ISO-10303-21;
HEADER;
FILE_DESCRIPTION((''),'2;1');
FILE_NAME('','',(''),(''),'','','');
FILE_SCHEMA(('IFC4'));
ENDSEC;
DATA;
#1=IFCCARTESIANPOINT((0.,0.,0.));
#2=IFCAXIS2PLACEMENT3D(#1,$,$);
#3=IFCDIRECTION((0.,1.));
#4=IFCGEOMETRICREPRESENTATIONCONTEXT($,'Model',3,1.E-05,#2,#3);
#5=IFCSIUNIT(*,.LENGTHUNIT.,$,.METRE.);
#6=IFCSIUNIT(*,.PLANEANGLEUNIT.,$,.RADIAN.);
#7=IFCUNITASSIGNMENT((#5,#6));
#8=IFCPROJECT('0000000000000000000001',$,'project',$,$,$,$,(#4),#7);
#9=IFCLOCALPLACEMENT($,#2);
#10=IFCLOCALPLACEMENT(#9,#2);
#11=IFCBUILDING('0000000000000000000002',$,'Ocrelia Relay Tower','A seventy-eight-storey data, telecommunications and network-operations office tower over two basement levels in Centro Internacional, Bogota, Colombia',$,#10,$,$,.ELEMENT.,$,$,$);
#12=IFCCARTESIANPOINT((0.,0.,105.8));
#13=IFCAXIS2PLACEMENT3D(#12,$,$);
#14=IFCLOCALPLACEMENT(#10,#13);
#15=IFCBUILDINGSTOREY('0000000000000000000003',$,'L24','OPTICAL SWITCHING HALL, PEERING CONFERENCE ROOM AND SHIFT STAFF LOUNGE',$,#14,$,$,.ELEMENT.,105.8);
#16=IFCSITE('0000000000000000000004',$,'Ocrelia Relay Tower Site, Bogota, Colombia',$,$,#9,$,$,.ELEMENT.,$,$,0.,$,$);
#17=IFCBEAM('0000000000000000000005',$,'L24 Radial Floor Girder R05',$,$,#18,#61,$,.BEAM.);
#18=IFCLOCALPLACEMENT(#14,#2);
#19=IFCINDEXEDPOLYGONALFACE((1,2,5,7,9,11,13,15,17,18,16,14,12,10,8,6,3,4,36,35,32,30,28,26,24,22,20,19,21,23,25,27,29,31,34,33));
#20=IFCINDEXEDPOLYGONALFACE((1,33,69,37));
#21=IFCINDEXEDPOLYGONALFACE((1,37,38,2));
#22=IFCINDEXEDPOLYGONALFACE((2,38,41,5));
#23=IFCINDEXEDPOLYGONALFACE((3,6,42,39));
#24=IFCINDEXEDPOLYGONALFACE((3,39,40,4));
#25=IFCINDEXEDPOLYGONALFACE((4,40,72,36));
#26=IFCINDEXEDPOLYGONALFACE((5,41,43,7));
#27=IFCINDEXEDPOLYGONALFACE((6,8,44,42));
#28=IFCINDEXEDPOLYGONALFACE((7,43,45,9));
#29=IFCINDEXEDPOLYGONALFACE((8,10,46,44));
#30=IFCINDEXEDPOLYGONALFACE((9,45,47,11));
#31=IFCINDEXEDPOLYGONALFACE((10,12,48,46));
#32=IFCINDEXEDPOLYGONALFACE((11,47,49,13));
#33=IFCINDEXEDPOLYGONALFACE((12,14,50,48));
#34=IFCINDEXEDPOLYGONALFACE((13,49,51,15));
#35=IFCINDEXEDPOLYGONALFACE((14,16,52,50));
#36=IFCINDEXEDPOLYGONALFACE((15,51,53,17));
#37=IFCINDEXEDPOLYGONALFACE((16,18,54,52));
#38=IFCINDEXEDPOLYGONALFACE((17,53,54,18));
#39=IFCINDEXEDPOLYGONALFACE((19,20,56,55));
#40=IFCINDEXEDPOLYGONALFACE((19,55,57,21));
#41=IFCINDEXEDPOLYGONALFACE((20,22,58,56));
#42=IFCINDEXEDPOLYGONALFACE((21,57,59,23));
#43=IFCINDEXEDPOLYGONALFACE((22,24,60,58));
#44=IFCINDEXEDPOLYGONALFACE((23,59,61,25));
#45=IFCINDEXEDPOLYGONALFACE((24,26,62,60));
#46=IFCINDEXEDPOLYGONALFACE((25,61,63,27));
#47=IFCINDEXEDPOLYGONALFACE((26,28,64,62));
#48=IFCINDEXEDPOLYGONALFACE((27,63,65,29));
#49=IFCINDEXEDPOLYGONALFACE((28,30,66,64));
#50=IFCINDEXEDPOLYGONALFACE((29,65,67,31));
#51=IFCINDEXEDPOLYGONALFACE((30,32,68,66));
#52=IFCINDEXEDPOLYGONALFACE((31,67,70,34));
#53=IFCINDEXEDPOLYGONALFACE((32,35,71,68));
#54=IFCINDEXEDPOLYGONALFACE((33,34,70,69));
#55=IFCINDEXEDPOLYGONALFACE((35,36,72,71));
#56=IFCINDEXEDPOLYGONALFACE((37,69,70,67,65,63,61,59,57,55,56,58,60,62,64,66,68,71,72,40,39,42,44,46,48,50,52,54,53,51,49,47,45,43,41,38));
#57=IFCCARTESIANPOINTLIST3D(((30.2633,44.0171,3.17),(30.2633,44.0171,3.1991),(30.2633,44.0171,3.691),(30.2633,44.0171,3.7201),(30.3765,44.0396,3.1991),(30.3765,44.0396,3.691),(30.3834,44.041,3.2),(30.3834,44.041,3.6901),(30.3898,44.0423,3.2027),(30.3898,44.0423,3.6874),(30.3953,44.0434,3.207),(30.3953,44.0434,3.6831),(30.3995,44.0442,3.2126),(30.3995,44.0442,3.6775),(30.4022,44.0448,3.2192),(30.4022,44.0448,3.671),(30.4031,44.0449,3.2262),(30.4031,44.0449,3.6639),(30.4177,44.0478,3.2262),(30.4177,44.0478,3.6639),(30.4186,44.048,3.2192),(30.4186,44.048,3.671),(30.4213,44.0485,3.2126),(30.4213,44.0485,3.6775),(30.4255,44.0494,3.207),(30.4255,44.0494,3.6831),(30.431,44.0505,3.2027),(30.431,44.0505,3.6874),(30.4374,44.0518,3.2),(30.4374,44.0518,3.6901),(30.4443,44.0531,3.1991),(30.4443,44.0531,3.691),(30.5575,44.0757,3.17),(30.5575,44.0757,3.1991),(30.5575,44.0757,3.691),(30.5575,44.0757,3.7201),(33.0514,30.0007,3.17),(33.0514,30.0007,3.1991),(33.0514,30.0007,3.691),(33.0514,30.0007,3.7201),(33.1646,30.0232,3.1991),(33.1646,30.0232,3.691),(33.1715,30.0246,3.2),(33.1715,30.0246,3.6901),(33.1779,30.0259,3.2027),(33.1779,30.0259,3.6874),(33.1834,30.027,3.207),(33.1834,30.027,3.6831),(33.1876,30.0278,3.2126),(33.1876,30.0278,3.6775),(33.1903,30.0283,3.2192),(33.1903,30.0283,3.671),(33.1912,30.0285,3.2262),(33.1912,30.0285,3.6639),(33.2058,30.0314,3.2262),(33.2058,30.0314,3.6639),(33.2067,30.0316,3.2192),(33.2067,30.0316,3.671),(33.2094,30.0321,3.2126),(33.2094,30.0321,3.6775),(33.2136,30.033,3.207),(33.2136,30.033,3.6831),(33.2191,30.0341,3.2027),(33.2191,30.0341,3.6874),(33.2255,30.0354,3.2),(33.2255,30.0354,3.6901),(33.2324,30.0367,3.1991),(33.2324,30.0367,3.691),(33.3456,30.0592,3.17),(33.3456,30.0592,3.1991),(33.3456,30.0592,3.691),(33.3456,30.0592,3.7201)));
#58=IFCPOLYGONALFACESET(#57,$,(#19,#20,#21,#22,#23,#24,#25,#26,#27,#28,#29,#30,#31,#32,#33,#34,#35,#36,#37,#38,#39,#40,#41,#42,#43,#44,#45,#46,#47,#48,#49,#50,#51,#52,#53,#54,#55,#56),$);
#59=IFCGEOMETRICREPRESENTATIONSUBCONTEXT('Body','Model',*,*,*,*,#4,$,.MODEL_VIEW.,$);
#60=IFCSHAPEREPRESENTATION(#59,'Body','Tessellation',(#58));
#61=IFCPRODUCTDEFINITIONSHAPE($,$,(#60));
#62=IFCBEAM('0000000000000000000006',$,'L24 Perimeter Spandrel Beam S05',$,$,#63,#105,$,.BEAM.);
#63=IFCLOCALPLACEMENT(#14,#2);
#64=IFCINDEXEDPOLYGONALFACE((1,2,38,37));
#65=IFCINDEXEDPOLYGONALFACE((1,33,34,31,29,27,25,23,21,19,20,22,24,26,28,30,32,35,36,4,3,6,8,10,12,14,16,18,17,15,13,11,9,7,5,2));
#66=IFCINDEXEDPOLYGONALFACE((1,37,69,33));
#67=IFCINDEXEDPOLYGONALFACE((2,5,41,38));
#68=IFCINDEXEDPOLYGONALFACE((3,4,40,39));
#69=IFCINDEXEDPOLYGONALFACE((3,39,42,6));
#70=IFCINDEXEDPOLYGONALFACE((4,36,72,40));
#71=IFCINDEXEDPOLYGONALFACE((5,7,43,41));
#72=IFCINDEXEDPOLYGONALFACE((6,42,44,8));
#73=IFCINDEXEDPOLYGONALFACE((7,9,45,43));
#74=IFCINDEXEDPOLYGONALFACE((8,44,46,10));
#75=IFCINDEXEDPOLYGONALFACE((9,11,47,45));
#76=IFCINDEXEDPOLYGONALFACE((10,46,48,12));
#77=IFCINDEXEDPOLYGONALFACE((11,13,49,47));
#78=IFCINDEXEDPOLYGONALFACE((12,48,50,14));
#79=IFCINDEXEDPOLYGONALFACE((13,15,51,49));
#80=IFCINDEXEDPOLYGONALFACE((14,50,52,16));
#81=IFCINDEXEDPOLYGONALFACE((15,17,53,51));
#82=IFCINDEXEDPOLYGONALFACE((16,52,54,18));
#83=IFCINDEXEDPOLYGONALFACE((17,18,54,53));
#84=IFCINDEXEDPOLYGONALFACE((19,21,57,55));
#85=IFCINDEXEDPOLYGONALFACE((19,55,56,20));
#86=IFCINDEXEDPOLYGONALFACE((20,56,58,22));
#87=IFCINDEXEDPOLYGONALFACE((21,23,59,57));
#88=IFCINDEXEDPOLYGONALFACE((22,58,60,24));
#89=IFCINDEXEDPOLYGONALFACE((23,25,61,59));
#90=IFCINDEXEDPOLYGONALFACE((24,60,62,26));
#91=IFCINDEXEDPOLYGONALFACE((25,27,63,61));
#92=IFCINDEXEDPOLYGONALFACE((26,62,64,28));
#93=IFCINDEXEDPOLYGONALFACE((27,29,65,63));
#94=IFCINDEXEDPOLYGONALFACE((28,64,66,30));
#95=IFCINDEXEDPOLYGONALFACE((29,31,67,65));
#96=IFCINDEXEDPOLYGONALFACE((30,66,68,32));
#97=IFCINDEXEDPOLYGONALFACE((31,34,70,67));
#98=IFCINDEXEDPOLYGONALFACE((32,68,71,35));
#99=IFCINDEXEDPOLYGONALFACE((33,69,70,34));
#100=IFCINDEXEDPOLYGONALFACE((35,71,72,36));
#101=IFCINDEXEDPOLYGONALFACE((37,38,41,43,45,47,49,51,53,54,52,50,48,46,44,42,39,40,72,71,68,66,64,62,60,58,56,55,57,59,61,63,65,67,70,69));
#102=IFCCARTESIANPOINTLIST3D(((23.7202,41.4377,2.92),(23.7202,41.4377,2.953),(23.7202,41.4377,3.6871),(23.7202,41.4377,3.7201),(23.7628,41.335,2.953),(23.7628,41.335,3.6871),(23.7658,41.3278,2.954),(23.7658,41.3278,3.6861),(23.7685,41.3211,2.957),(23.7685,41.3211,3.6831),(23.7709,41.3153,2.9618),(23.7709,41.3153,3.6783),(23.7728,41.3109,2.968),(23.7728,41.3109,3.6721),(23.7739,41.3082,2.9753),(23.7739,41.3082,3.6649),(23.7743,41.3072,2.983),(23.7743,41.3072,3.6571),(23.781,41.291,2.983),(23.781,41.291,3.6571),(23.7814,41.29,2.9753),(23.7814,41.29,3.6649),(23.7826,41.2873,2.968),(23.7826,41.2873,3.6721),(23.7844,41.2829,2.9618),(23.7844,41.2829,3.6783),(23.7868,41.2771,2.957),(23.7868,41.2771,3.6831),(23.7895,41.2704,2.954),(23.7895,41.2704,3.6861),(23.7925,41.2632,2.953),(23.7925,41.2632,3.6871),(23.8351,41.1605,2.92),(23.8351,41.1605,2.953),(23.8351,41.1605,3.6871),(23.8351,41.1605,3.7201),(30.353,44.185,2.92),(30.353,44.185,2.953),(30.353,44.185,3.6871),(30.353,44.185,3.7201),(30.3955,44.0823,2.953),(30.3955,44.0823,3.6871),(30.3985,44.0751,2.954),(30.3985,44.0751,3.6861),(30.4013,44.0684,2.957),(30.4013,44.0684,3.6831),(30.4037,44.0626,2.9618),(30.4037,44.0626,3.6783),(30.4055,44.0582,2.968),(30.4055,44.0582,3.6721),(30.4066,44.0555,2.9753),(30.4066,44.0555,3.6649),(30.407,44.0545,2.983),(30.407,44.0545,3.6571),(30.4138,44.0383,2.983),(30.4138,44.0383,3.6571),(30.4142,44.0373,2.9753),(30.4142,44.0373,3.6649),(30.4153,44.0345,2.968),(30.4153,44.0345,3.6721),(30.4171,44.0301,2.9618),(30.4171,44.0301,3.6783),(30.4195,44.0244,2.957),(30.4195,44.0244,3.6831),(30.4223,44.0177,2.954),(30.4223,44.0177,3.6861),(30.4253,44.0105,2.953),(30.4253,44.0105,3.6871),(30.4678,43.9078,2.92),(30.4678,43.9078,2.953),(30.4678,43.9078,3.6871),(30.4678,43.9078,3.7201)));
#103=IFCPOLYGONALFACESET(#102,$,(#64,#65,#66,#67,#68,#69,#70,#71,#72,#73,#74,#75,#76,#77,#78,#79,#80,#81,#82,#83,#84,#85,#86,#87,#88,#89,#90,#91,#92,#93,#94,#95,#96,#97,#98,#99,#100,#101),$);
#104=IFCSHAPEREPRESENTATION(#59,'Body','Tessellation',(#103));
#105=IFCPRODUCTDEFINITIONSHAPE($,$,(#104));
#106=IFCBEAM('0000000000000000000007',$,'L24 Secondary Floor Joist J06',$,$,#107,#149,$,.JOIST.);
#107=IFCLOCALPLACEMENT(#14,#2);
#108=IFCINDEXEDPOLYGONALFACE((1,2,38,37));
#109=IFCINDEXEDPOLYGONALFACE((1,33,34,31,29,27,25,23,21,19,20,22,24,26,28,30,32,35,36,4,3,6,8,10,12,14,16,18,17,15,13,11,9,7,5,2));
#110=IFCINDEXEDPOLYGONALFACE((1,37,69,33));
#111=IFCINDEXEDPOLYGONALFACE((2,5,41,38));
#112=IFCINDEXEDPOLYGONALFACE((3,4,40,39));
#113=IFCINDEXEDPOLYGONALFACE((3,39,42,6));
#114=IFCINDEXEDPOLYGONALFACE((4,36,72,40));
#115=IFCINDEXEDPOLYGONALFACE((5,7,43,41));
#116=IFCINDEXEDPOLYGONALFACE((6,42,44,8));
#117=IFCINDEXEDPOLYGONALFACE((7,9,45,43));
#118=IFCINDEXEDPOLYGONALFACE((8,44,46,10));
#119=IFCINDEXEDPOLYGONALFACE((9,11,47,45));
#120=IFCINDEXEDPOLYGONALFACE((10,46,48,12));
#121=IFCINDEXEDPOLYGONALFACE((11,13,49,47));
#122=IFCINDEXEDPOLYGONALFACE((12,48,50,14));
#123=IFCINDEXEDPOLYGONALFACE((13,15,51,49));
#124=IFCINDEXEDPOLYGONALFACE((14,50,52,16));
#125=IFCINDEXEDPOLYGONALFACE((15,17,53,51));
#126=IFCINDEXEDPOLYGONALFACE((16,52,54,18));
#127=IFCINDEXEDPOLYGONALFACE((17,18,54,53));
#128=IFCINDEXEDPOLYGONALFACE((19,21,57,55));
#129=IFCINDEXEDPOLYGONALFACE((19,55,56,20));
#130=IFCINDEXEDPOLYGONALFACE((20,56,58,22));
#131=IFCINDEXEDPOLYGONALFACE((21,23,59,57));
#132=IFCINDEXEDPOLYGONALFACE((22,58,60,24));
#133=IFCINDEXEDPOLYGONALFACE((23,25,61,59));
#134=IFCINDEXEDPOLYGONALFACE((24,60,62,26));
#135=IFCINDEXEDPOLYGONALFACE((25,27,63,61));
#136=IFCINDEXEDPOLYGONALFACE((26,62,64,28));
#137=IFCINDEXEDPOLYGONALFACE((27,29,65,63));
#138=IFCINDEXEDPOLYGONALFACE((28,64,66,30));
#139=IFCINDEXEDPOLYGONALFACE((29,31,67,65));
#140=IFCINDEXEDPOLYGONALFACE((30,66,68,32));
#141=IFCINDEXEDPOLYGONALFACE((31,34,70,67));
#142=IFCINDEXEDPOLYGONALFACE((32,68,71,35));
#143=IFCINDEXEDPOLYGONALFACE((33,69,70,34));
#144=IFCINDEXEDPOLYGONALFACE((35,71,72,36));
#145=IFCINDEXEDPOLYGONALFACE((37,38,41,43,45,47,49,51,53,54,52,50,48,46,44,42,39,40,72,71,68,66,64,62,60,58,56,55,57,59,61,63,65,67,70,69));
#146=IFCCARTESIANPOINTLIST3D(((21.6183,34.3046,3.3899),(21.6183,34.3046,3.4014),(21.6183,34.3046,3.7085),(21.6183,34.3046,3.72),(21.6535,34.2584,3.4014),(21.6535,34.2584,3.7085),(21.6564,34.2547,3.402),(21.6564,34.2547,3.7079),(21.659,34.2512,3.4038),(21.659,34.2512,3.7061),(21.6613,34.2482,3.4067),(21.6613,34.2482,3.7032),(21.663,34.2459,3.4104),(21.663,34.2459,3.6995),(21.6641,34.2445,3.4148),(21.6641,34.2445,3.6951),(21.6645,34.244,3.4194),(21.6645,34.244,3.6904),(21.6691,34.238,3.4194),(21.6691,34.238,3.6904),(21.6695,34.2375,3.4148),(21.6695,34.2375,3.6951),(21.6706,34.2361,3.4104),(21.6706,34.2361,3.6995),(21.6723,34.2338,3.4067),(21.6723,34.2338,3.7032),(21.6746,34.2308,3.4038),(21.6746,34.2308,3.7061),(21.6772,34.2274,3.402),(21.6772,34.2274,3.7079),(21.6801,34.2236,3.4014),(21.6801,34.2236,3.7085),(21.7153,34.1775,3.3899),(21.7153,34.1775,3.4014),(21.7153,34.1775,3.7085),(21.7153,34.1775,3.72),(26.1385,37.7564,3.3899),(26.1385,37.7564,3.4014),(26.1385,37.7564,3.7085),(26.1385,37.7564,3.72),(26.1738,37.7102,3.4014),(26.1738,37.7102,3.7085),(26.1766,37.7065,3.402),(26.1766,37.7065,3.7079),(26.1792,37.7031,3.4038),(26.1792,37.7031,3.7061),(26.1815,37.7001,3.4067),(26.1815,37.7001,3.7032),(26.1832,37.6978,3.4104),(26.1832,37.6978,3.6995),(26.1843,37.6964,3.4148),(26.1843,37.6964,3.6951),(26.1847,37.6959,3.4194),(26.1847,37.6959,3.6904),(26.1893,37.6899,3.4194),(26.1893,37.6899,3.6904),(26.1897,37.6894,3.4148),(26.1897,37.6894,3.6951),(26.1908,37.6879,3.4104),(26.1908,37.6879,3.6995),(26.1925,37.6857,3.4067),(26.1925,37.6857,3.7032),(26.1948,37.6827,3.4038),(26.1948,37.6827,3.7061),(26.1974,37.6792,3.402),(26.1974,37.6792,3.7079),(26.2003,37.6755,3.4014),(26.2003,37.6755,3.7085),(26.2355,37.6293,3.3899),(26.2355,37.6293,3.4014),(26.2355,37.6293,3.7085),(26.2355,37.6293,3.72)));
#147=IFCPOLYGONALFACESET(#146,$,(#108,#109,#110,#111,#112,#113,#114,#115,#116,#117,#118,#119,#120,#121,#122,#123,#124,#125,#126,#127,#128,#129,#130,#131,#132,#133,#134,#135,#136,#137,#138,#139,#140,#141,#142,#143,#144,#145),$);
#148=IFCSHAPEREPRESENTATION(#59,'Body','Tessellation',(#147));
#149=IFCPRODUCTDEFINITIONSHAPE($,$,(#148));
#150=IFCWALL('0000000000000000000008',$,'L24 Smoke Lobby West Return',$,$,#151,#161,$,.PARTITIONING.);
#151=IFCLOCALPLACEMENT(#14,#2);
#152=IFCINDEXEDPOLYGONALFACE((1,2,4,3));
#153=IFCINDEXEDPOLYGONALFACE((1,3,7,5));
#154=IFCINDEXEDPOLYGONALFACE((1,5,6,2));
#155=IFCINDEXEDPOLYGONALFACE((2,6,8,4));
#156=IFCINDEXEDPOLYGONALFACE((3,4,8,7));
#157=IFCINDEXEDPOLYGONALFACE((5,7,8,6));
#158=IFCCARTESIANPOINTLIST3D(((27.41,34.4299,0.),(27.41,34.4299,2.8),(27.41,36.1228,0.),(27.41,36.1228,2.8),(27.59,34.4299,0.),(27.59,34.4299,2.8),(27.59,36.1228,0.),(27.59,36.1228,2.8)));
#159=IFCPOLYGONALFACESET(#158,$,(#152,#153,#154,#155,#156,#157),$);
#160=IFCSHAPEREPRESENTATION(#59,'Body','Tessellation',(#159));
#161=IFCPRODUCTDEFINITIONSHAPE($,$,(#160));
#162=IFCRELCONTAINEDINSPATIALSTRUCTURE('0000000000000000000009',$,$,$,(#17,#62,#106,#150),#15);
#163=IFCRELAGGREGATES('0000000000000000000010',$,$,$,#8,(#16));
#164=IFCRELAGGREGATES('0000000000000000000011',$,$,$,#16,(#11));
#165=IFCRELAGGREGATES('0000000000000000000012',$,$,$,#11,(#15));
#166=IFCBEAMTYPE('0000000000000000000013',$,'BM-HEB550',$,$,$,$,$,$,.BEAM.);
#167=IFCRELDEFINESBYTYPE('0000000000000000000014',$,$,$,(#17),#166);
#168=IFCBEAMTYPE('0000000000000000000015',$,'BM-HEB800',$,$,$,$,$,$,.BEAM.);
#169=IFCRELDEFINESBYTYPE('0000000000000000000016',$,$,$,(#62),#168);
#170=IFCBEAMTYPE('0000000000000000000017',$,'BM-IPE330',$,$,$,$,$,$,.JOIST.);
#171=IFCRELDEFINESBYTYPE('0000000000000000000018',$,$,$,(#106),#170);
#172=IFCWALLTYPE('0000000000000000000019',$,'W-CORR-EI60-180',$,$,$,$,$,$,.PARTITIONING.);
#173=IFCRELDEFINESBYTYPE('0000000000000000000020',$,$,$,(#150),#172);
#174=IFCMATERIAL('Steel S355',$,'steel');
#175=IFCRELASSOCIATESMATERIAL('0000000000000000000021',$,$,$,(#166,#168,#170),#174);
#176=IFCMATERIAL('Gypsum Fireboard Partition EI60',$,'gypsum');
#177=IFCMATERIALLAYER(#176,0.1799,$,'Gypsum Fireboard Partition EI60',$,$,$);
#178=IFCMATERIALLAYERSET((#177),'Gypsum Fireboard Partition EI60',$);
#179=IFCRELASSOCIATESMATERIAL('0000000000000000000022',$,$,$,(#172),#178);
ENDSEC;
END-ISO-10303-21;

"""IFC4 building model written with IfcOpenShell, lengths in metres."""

from ifc_helpers import new_model, si_unit, direction, frame, frame_2d, origin, origin_2d, place, context, subcontext, project, spatial, rectangle, i_section, extrude, material, layer, layer_set, material_profile, profile_set, type_object, element, save


model = new_model("IFC4")

# Units and contexts
model_context = context("Model", 3, precision=1e-05, world=origin(), true_north=direction((0.0, 1.0)))
body_context = subcontext(model_context, "Body", "Model", "MODEL_VIEW")
ifc_project = project(units=[si_unit("LENGTHUNIT", "METRE"), si_unit("PLANEANGLEUNIT", "RADIAN")], contexts=[model_context])

# Site, building, storey
site_placement = place(None, origin())
site = spatial("IfcSite", under=ifc_project, at=site_placement, Name="Ocrelia Relay Tower Site, Bogota, Colombia", CompositionType="ELEMENT", RefElevation=0.0)
building_placement = place(site_placement, origin())
building = spatial("IfcBuilding", under=site, at=building_placement, Name="Ocrelia Relay Tower", Description="A seventy-eight-storey data, telecommunications and network-operations office tower over two basement levels in Centro Internacional, Bogota, Colombia", CompositionType="ELEMENT")
storey_placement = place(building_placement, frame((0.0, 0.0, 105.8)))
storey = spatial("IfcBuildingStorey", under=building, at=storey_placement, Name="L24", Description="OPTICAL SWITCHING HALL, PEERING CONFERENCE ROOM AND SHIFT STAFF LOUNGE", CompositionType="ELEMENT", Elevation=105.8)

# Beams
ifc_material_1 = material(Name="Steel S355", Category="steel")
ifc_material_profile_1 = material_profile(ifc_material_1, i_section(OverallWidth=0.3, OverallDepth=0.55, WebThickness=0.0149, FlangeThickness=0.0291, FilletRadius=0.0271, at=origin_2d()), Name="HEB 550")
ifc_profile_set_1 = profile_set([ifc_material_profile_1], Name="Steel S355")
beam_type_1 = type_object("IfcBeamType", Name="BM-HEB550", PredefinedType="BEAM", material=ifc_profile_set_1)
beam_1_placement = place(storey_placement, frame((30.4104, 44.0464, 3.4451), z_axis=(0.195094, -0.980784, 0.0), x_axis=(0.980784, 0.195094, 0.0)))
element("IfcBeam", 1, at=beam_1_placement, inside=storey, type_object=beam_type_1, Name="L24 Radial Floor Girder R05", PredefinedType="BEAM", context=body_context, shape_type="SweptSolid", body=[
    extrude(i_section(OverallWidth=0.3, OverallDepth=0.55, WebThickness=0.0149, FlangeThickness=0.0291, FilletRadius=0.0271, at=origin_2d()), origin(), (0.0, 0.0, 1.0), 14.291),
])
ifc_material_profile_2 = material_profile(ifc_material_1, i_section(OverallWidth=0.3, OverallDepth=0.8, WebThickness=0.0176, FlangeThickness=0.033, FilletRadius=0.03, at=origin_2d()), Name="HEB 800")
ifc_profile_set_2 = profile_set([ifc_material_profile_2], Name="Steel S355")
beam_type_2 = type_object("IfcBeamType", Name="BM-HEB800", PredefinedType="BEAM", material=ifc_profile_set_2)
beam_2_placement = place(storey_placement, frame((30.4104, 44.0464, 3.3201), z_axis=(-0.923884, -0.382673, 0.0), x_axis=(0.382673, -0.923884, 0.0)))
element("IfcBeam", 2, at=beam_2_placement, inside=storey, type_object=beam_type_2, Name="L24 Perimeter Spandrel Beam S05", PredefinedType="BEAM", context=body_context, shape_type="SweptSolid", body=[
    extrude(i_section(OverallWidth=0.3, OverallDepth=0.8, WebThickness=0.0176, FlangeThickness=0.033, FilletRadius=0.03, at=origin_2d()), origin(), (0.0, 0.0, 1.0), 7.1792),
])
ifc_material_profile_3 = material_profile(ifc_material_1, i_section(OverallWidth=0.1599, OverallDepth=0.3301, WebThickness=0.0076, FlangeThickness=0.0115, FilletRadius=0.0181, at=origin_2d()), Name="IPE 330")
ifc_profile_set_3 = profile_set([ifc_material_profile_3], Name="Steel S355")
beam_type_3 = type_object("IfcBeamType", Name="BM-IPE330", PredefinedType="JOIST", material=ifc_profile_set_3)
beam_3_placement = place(storey_placement, frame((26.187, 37.6929, 3.5549), z_axis=(-0.794762, -0.606921, 0.0), x_axis=(0.606921, -0.794762, 0.0)))
element("IfcBeam", 3, at=beam_3_placement, inside=storey, type_object=beam_type_3, Name="L24 Secondary Floor Joist J06", PredefinedType="JOIST", context=body_context, shape_type="SweptSolid", body=[
    extrude(i_section(OverallWidth=0.1599, OverallDepth=0.3301, WebThickness=0.0076, FlangeThickness=0.0115, FilletRadius=0.0181, at=origin_2d()), origin(), (0.0, 0.0, 1.0), 5.6875),
])

# Wall
ifc_material_2 = material(Name="Gypsum Fireboard Partition EI60", Category="gypsum")
ifc_layer_1 = layer(ifc_material_2, 0.1799, Name="Gypsum Fireboard Partition EI60")
ifc_layer_set_1 = layer_set([ifc_layer_1], Name="Gypsum Fireboard Partition EI60")
wall_type_1 = type_object("IfcWallType", Name="W-CORR-EI60-180", PredefinedType="PARTITIONING", material=ifc_layer_set_1)
wall_1_placement = place(storey_placement, frame((27.5, 34.4299, 0.0), z_axis=(0.0, 0.0, 1.0), x_axis=(0.0, 1.0, 0.0)))
element("IfcWall", 4, at=wall_1_placement, inside=storey, type_object=wall_type_1, Name="L24 Smoke Lobby West Return", PredefinedType="PARTITIONING", context=body_context, shape_type="SweptSolid", body=[
    extrude(rectangle(XDim=1.6929, YDim=0.1799, at=frame_2d((0.8464, 0.0))), origin(), (0.0, 0.0, 1.0), 2.8),
])

save(model, "model.ifc")
